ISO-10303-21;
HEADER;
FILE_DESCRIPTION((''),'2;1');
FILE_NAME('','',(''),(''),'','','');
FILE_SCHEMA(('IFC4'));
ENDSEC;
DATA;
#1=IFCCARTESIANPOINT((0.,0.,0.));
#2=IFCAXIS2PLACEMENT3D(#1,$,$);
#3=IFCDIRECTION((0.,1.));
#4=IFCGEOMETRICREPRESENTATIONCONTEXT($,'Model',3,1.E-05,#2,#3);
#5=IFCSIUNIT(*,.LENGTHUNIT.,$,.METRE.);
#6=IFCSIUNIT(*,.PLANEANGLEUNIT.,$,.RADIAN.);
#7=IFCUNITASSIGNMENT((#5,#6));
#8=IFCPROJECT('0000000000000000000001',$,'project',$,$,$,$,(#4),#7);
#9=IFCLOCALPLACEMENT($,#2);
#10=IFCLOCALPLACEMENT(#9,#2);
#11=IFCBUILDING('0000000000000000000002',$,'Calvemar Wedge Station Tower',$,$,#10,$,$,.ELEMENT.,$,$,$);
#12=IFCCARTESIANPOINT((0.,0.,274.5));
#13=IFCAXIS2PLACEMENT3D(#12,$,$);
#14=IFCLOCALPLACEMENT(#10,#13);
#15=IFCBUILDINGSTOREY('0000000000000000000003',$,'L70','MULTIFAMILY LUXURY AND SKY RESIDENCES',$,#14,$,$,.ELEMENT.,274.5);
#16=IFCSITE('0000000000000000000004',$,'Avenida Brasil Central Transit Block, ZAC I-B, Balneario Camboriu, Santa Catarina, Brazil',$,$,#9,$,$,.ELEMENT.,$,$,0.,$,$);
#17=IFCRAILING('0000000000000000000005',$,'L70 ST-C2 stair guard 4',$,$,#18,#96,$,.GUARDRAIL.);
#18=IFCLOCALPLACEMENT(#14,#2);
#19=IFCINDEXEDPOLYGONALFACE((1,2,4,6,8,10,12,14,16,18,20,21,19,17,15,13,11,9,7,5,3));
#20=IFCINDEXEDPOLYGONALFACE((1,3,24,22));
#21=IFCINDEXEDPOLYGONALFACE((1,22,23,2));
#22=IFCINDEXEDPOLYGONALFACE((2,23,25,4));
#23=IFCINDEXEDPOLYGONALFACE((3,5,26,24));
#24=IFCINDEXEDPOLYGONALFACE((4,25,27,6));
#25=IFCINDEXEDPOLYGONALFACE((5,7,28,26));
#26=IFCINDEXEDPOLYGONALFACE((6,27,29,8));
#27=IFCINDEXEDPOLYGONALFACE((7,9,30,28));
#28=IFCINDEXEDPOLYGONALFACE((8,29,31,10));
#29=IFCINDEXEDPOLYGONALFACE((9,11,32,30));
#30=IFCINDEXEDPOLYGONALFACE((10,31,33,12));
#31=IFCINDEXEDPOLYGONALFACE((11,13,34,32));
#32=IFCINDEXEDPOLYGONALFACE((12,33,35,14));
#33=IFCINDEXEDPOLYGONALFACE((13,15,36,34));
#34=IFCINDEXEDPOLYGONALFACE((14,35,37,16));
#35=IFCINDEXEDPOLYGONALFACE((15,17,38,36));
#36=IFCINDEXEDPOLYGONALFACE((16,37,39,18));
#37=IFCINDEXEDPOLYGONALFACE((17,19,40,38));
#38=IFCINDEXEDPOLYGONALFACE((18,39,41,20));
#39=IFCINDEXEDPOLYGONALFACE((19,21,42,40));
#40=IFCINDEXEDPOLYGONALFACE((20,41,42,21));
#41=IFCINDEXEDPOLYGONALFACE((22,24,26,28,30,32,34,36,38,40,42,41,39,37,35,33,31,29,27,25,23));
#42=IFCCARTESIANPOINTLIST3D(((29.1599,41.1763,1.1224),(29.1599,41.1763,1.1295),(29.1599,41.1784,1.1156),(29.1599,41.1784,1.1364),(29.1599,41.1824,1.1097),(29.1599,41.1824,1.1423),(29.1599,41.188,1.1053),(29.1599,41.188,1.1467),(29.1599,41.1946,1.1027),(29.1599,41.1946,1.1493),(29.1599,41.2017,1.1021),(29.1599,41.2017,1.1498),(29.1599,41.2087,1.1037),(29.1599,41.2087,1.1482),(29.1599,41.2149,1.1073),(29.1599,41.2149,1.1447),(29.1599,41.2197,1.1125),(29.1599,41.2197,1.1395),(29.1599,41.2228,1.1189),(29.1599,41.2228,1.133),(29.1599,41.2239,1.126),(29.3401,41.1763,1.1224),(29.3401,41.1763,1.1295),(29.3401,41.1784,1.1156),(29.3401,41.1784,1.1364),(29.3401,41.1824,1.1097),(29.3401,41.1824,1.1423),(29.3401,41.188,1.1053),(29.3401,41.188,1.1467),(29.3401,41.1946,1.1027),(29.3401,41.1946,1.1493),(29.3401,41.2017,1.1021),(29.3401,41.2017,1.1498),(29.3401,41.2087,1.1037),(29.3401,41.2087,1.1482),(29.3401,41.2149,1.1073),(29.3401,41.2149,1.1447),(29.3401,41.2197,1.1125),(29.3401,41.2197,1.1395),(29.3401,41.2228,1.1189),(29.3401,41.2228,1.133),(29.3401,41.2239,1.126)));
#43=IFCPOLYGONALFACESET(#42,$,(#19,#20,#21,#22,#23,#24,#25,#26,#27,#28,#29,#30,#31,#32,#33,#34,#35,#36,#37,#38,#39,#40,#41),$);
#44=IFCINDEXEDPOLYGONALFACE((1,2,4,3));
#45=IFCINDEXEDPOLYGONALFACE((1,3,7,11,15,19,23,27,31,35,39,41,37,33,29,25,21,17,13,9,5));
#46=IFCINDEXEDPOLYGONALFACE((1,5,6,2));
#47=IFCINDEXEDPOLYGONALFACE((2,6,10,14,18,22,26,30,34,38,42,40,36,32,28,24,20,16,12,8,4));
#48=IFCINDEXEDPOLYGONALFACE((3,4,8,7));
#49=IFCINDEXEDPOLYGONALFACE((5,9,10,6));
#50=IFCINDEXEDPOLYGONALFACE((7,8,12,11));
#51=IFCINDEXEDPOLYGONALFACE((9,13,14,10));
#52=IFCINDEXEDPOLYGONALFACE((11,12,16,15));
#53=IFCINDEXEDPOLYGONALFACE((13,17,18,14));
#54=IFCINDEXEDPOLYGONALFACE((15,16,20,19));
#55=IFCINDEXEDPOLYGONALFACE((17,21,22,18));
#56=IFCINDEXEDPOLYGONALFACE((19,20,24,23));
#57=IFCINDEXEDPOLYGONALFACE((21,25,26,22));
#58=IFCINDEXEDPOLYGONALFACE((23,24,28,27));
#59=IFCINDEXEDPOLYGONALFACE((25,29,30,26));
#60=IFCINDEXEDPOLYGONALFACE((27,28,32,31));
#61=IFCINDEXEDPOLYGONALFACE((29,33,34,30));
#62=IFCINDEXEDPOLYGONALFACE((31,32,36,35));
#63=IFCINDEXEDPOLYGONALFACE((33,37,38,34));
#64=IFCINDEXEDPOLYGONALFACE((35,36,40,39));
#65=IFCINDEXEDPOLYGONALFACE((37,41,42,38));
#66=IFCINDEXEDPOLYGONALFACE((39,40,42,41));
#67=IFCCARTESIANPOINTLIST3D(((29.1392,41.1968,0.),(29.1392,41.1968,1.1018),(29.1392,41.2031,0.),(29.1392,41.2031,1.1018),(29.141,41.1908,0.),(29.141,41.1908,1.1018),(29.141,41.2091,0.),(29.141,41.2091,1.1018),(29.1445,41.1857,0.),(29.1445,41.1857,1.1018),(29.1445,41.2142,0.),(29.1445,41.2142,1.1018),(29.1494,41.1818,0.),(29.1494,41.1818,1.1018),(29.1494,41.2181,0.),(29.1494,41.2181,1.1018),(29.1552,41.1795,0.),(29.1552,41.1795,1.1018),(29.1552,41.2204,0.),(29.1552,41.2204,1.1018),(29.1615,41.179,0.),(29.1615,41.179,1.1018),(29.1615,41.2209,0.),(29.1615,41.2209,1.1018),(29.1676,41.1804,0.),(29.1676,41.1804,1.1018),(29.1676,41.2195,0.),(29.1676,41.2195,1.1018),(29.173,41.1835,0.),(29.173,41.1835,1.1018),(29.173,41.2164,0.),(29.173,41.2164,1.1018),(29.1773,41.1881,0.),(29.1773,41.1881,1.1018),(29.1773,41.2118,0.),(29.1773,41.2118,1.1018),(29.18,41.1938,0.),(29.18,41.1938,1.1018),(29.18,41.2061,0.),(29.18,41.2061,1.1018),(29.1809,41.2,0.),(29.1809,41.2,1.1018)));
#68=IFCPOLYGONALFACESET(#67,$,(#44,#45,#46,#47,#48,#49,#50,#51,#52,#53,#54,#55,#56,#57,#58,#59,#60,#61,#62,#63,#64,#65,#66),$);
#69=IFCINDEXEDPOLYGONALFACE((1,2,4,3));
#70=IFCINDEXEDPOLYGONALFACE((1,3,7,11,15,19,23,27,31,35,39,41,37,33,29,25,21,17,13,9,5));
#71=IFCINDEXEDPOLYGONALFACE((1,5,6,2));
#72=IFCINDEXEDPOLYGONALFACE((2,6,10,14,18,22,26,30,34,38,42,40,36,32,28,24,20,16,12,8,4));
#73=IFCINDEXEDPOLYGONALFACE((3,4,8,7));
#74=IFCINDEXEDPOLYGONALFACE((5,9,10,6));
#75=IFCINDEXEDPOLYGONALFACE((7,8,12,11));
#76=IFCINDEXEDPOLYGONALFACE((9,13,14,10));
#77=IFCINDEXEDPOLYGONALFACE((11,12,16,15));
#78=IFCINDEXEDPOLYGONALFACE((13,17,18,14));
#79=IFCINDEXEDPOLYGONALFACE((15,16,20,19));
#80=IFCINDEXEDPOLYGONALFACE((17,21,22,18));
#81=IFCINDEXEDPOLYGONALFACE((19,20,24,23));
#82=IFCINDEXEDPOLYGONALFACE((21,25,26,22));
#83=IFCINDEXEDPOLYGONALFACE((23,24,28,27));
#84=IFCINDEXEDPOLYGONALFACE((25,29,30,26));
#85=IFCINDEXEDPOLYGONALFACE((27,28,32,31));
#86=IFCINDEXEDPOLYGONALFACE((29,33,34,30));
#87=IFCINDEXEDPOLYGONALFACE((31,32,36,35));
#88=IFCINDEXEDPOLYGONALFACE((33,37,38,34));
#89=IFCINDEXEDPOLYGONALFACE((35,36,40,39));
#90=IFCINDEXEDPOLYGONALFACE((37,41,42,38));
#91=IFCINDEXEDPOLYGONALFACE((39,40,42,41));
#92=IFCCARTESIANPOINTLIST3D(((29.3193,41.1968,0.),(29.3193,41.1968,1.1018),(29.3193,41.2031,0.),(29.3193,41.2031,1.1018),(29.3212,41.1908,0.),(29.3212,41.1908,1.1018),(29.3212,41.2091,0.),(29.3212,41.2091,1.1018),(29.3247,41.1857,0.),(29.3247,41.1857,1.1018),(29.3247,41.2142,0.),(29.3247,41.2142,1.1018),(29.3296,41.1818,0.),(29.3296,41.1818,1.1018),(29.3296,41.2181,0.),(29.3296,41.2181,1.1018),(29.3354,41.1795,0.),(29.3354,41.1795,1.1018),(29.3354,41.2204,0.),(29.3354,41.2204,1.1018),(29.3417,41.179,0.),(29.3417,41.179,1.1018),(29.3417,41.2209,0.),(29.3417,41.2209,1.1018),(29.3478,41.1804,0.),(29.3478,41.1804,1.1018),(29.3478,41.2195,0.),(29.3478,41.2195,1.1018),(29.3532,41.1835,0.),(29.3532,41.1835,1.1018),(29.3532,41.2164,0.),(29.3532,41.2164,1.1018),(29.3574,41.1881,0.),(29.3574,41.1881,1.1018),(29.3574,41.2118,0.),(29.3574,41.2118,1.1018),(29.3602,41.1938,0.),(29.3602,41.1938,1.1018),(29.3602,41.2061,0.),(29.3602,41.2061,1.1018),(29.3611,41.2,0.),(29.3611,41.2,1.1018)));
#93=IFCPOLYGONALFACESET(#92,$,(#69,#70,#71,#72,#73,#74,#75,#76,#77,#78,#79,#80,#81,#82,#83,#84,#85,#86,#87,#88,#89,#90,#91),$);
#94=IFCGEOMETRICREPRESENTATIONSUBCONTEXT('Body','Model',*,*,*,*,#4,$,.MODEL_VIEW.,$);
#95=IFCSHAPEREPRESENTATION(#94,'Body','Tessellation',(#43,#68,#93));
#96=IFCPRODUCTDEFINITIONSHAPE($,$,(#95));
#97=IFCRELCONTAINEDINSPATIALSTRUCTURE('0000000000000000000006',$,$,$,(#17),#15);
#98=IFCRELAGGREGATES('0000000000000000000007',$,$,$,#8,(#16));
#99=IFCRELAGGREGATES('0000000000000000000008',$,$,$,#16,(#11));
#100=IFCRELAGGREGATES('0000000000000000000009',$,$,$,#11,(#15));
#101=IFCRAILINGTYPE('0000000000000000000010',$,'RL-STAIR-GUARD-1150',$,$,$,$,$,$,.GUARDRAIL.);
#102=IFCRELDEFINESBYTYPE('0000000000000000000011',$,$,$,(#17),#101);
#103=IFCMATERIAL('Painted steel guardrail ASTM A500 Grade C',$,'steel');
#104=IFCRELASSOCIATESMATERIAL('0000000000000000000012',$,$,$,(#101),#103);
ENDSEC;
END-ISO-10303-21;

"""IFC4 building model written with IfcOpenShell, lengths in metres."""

from ifc_helpers import new_model, si_unit, direction, frame, origin, origin_2d, place, context, subcontext, project, spatial, circle, extrude, material, type_object, element, save


model = new_model("IFC4")

# Units and contexts
model_context = context("Model", 3, precision=1e-05, world=origin(), true_north=direction((0.0, 1.0)))
body_context = subcontext(model_context, "Body", "Model", "MODEL_VIEW")
ifc_project = project(units=[si_unit("LENGTHUNIT", "METRE"), si_unit("PLANEANGLEUNIT", "RADIAN")], contexts=[model_context])

# Site, building, storey
site_placement = place(None, origin())
site = spatial("IfcSite", under=ifc_project, at=site_placement, Name="Avenida Brasil Central Transit Block, ZAC I-B, Balneario Camboriu, Santa Catarina, Brazil", CompositionType="ELEMENT", RefElevation=0.0)
building_placement = place(site_placement, origin())
building = spatial("IfcBuilding", under=site, at=building_placement, Name="Calvemar Wedge Station Tower", CompositionType="ELEMENT")
storey_placement = place(building_placement, frame((0.0, 0.0, 274.5)))
storey = spatial("IfcBuildingStorey", under=building, at=storey_placement, Name="L70", Description="MULTIFAMILY LUXURY AND SKY RESIDENCES", CompositionType="ELEMENT", Elevation=274.5)

# Railing
ifc_material_1 = material(Name="Painted steel guardrail ASTM A500 Grade C", Category="steel")
railing_type = type_object("IfcRailingType", Name="RL-STAIR-GUARD-1150", PredefinedType="GUARDRAIL", material=ifc_material_1)
railing_1_placement = place(storey_placement, frame((29.1599, 41.2, 0.0)))
element("IfcRailing", 1, at=railing_1_placement, inside=storey, type_object=railing_type, Name="L70 ST-C2 stair guard 4", PredefinedType="GUARDRAIL", context=body_context, shape_type="SweptSolid", body=[
    extrude(circle(Radius=0.0239, at=origin_2d()), frame((0.0, 0.0, 1.126), z_axis=(1.0, 0.0, 0.0), x_axis=(0.0, 1.0, 0.0)), (0.0, 0.0, 1.0), 0.1802),
    extrude(circle(Radius=0.021, at=origin_2d()), origin(), (0.0, 0.0, 1.0), 1.1018),
    extrude(circle(Radius=0.021, at=origin_2d()), frame((0.1802, 0.0, 0.0)), (0.0, 0.0, 1.0), 1.1018),
])

save(model, "model.ifc")
